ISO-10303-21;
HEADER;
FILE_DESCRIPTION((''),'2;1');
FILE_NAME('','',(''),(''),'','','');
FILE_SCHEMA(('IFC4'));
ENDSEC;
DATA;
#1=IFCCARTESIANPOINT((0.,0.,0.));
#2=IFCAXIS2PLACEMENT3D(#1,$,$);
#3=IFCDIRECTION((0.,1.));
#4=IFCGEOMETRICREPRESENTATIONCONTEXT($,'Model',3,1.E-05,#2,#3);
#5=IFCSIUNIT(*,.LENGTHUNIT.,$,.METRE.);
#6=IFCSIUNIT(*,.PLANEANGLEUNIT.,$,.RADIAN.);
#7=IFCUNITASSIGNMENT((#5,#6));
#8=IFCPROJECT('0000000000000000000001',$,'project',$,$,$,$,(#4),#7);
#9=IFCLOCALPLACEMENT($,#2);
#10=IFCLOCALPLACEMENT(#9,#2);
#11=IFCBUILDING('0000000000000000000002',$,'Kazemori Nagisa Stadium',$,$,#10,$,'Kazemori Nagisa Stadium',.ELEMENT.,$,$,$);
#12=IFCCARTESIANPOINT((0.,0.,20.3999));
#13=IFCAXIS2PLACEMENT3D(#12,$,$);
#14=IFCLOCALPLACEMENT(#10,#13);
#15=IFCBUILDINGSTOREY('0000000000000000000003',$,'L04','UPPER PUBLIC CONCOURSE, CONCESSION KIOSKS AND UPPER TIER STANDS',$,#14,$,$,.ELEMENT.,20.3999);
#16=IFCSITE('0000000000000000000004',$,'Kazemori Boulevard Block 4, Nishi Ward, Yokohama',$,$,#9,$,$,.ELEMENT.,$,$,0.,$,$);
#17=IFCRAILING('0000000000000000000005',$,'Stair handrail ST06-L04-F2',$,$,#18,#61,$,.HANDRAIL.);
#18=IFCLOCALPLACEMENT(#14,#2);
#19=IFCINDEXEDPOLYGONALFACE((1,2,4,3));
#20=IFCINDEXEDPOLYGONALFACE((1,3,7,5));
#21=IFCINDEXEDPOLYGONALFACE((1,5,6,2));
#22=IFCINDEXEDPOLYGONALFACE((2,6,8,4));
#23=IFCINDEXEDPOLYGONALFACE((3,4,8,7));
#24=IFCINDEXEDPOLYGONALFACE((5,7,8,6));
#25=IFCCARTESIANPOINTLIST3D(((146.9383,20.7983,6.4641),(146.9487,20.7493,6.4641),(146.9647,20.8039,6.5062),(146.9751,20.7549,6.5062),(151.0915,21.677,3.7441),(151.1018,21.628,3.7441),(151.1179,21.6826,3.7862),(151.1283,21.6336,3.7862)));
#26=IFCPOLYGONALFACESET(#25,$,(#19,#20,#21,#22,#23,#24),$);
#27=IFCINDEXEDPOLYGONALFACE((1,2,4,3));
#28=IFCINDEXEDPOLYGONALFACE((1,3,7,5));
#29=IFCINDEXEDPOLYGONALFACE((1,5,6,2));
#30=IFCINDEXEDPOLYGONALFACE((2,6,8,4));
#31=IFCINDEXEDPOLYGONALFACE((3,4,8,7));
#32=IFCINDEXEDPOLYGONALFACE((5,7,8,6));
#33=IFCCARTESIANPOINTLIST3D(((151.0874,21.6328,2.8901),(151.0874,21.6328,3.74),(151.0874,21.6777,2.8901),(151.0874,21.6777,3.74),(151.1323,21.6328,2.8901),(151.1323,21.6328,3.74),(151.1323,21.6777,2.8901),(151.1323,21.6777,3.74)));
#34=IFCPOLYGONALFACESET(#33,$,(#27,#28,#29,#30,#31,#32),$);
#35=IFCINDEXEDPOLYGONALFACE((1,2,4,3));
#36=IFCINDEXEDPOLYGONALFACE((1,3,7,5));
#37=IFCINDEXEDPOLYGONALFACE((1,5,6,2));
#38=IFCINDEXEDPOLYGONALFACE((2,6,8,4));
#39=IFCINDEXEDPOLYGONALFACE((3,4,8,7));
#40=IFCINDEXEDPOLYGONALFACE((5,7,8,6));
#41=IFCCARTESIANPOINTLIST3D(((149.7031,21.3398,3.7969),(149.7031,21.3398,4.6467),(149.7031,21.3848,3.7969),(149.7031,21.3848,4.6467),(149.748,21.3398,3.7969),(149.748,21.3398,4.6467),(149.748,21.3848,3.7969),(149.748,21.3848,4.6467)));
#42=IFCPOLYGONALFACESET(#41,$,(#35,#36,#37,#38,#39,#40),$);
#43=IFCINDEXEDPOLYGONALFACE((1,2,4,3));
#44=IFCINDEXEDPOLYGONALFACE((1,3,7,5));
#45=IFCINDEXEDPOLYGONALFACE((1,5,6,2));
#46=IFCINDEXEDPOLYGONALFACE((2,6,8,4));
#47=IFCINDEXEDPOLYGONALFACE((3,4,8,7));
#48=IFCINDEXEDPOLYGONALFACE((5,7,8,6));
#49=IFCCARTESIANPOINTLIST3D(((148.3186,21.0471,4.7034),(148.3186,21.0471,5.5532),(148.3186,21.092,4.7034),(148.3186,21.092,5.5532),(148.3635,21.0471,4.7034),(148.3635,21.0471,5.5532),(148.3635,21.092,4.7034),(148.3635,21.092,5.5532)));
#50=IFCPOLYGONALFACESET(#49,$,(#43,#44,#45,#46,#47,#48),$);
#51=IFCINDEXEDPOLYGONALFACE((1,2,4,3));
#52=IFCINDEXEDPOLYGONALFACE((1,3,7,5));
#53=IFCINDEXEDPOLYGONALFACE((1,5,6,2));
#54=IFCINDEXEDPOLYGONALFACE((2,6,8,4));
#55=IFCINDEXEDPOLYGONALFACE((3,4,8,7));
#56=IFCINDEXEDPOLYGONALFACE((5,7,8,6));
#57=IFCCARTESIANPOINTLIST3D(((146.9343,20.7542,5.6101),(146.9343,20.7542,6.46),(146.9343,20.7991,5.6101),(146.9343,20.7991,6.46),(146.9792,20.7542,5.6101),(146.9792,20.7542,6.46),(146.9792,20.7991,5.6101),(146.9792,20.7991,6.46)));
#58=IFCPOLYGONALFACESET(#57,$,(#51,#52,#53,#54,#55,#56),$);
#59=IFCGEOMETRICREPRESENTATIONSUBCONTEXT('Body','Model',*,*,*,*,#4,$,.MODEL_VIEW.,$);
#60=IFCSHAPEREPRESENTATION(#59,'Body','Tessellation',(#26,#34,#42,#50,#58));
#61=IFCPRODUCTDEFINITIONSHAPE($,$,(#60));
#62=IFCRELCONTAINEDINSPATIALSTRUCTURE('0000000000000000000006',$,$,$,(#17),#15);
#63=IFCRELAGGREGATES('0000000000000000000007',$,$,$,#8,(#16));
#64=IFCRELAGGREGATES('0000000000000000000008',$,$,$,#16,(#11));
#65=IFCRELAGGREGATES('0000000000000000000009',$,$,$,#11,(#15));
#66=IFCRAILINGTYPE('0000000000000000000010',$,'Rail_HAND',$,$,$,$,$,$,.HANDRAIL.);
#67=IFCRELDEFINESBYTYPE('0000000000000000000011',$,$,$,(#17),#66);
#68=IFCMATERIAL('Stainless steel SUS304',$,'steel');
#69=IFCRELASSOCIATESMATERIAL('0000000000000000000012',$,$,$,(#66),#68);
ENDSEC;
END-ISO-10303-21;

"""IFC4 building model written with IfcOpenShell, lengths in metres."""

from ifc_helpers import new_model, si_unit, direction, frame, origin, origin_2d, place, context, subcontext, project, spatial, rectangle, extrude, material, type_object, element, save


model = new_model("IFC4")

# Units and contexts
model_context = context("Model", 3, precision=1e-05, world=origin(), true_north=direction((0.0, 1.0)))
body_context = subcontext(model_context, "Body", "Model", "MODEL_VIEW")
ifc_project = project(units=[si_unit("LENGTHUNIT", "METRE"), si_unit("PLANEANGLEUNIT", "RADIAN")], contexts=[model_context])

# Site, building, storey
site_placement = place(None, origin())
site = spatial("IfcSite", under=ifc_project, at=site_placement, Name="Kazemori Boulevard Block 4, Nishi Ward, Yokohama", CompositionType="ELEMENT", RefElevation=0.0)
building_placement = place(site_placement, origin())
building = spatial("IfcBuilding", under=site, at=building_placement, Name="Kazemori Nagisa Stadium", LongName="Kazemori Nagisa Stadium", CompositionType="ELEMENT")
storey_placement = place(building_placement, frame((0.0, 0.0, 20.3999)))
storey = spatial("IfcBuildingStorey", under=building, at=storey_placement, Name="L04", Description="UPPER PUBLIC CONCOURSE, CONCESSION KIOSKS AND UPPER TIER STANDS", CompositionType="ELEMENT", Elevation=20.3999)

# Shared definitions
ifc_material_1 = material(Name="Stainless steel SUS304", Category="steel")

# Railing
railing_type_1 = type_object("IfcRailingType", Name="Rail_HAND", PredefinedType="HANDRAIL", material=ifc_material_1)
railing_1_placement = place(storey_placement, frame((151.1099, 21.6553, 2.8901)))
element("IfcRailing", 1, at=railing_1_placement, inside=storey, type_object=railing_type_1, Name="Stair handrail ST06-L04-F2", PredefinedType="HANDRAIL", context=body_context, shape_type="SweptSolid", body=[
    extrude(rectangle(XDim=0.05, YDim=0.05, at=origin_2d()), frame((0.0, 0.0, 0.875), z_axis=(-0.823752, -0.17428, 0.539499), x_axis=(0.206987, -0.978344, 0.0)), (0.0, 0.0, 1.0), 5.0417),
    extrude(rectangle(XDim=0.0449, YDim=0.0449, at=origin_2d()), origin(), (0.0, 0.0, 1.0), 0.8499),
    extrude(rectangle(XDim=0.0449, YDim=0.0449, at=origin_2d()), frame((-1.3843, -0.293, 0.9067)), (0.0, 0.0, 1.0), 0.8499),
    extrude(rectangle(XDim=0.0449, YDim=0.0449, at=origin_2d()), frame((-2.7688, -0.5857, 1.8132)), (0.0, 0.0, 1.0), 0.8499),
    extrude(rectangle(XDim=0.0449, YDim=0.0449, at=origin_2d()), frame((-4.1531, -0.8787, 2.72)), (0.0, 0.0, 1.0), 0.8499),
])

save(model, "model.ifc")
